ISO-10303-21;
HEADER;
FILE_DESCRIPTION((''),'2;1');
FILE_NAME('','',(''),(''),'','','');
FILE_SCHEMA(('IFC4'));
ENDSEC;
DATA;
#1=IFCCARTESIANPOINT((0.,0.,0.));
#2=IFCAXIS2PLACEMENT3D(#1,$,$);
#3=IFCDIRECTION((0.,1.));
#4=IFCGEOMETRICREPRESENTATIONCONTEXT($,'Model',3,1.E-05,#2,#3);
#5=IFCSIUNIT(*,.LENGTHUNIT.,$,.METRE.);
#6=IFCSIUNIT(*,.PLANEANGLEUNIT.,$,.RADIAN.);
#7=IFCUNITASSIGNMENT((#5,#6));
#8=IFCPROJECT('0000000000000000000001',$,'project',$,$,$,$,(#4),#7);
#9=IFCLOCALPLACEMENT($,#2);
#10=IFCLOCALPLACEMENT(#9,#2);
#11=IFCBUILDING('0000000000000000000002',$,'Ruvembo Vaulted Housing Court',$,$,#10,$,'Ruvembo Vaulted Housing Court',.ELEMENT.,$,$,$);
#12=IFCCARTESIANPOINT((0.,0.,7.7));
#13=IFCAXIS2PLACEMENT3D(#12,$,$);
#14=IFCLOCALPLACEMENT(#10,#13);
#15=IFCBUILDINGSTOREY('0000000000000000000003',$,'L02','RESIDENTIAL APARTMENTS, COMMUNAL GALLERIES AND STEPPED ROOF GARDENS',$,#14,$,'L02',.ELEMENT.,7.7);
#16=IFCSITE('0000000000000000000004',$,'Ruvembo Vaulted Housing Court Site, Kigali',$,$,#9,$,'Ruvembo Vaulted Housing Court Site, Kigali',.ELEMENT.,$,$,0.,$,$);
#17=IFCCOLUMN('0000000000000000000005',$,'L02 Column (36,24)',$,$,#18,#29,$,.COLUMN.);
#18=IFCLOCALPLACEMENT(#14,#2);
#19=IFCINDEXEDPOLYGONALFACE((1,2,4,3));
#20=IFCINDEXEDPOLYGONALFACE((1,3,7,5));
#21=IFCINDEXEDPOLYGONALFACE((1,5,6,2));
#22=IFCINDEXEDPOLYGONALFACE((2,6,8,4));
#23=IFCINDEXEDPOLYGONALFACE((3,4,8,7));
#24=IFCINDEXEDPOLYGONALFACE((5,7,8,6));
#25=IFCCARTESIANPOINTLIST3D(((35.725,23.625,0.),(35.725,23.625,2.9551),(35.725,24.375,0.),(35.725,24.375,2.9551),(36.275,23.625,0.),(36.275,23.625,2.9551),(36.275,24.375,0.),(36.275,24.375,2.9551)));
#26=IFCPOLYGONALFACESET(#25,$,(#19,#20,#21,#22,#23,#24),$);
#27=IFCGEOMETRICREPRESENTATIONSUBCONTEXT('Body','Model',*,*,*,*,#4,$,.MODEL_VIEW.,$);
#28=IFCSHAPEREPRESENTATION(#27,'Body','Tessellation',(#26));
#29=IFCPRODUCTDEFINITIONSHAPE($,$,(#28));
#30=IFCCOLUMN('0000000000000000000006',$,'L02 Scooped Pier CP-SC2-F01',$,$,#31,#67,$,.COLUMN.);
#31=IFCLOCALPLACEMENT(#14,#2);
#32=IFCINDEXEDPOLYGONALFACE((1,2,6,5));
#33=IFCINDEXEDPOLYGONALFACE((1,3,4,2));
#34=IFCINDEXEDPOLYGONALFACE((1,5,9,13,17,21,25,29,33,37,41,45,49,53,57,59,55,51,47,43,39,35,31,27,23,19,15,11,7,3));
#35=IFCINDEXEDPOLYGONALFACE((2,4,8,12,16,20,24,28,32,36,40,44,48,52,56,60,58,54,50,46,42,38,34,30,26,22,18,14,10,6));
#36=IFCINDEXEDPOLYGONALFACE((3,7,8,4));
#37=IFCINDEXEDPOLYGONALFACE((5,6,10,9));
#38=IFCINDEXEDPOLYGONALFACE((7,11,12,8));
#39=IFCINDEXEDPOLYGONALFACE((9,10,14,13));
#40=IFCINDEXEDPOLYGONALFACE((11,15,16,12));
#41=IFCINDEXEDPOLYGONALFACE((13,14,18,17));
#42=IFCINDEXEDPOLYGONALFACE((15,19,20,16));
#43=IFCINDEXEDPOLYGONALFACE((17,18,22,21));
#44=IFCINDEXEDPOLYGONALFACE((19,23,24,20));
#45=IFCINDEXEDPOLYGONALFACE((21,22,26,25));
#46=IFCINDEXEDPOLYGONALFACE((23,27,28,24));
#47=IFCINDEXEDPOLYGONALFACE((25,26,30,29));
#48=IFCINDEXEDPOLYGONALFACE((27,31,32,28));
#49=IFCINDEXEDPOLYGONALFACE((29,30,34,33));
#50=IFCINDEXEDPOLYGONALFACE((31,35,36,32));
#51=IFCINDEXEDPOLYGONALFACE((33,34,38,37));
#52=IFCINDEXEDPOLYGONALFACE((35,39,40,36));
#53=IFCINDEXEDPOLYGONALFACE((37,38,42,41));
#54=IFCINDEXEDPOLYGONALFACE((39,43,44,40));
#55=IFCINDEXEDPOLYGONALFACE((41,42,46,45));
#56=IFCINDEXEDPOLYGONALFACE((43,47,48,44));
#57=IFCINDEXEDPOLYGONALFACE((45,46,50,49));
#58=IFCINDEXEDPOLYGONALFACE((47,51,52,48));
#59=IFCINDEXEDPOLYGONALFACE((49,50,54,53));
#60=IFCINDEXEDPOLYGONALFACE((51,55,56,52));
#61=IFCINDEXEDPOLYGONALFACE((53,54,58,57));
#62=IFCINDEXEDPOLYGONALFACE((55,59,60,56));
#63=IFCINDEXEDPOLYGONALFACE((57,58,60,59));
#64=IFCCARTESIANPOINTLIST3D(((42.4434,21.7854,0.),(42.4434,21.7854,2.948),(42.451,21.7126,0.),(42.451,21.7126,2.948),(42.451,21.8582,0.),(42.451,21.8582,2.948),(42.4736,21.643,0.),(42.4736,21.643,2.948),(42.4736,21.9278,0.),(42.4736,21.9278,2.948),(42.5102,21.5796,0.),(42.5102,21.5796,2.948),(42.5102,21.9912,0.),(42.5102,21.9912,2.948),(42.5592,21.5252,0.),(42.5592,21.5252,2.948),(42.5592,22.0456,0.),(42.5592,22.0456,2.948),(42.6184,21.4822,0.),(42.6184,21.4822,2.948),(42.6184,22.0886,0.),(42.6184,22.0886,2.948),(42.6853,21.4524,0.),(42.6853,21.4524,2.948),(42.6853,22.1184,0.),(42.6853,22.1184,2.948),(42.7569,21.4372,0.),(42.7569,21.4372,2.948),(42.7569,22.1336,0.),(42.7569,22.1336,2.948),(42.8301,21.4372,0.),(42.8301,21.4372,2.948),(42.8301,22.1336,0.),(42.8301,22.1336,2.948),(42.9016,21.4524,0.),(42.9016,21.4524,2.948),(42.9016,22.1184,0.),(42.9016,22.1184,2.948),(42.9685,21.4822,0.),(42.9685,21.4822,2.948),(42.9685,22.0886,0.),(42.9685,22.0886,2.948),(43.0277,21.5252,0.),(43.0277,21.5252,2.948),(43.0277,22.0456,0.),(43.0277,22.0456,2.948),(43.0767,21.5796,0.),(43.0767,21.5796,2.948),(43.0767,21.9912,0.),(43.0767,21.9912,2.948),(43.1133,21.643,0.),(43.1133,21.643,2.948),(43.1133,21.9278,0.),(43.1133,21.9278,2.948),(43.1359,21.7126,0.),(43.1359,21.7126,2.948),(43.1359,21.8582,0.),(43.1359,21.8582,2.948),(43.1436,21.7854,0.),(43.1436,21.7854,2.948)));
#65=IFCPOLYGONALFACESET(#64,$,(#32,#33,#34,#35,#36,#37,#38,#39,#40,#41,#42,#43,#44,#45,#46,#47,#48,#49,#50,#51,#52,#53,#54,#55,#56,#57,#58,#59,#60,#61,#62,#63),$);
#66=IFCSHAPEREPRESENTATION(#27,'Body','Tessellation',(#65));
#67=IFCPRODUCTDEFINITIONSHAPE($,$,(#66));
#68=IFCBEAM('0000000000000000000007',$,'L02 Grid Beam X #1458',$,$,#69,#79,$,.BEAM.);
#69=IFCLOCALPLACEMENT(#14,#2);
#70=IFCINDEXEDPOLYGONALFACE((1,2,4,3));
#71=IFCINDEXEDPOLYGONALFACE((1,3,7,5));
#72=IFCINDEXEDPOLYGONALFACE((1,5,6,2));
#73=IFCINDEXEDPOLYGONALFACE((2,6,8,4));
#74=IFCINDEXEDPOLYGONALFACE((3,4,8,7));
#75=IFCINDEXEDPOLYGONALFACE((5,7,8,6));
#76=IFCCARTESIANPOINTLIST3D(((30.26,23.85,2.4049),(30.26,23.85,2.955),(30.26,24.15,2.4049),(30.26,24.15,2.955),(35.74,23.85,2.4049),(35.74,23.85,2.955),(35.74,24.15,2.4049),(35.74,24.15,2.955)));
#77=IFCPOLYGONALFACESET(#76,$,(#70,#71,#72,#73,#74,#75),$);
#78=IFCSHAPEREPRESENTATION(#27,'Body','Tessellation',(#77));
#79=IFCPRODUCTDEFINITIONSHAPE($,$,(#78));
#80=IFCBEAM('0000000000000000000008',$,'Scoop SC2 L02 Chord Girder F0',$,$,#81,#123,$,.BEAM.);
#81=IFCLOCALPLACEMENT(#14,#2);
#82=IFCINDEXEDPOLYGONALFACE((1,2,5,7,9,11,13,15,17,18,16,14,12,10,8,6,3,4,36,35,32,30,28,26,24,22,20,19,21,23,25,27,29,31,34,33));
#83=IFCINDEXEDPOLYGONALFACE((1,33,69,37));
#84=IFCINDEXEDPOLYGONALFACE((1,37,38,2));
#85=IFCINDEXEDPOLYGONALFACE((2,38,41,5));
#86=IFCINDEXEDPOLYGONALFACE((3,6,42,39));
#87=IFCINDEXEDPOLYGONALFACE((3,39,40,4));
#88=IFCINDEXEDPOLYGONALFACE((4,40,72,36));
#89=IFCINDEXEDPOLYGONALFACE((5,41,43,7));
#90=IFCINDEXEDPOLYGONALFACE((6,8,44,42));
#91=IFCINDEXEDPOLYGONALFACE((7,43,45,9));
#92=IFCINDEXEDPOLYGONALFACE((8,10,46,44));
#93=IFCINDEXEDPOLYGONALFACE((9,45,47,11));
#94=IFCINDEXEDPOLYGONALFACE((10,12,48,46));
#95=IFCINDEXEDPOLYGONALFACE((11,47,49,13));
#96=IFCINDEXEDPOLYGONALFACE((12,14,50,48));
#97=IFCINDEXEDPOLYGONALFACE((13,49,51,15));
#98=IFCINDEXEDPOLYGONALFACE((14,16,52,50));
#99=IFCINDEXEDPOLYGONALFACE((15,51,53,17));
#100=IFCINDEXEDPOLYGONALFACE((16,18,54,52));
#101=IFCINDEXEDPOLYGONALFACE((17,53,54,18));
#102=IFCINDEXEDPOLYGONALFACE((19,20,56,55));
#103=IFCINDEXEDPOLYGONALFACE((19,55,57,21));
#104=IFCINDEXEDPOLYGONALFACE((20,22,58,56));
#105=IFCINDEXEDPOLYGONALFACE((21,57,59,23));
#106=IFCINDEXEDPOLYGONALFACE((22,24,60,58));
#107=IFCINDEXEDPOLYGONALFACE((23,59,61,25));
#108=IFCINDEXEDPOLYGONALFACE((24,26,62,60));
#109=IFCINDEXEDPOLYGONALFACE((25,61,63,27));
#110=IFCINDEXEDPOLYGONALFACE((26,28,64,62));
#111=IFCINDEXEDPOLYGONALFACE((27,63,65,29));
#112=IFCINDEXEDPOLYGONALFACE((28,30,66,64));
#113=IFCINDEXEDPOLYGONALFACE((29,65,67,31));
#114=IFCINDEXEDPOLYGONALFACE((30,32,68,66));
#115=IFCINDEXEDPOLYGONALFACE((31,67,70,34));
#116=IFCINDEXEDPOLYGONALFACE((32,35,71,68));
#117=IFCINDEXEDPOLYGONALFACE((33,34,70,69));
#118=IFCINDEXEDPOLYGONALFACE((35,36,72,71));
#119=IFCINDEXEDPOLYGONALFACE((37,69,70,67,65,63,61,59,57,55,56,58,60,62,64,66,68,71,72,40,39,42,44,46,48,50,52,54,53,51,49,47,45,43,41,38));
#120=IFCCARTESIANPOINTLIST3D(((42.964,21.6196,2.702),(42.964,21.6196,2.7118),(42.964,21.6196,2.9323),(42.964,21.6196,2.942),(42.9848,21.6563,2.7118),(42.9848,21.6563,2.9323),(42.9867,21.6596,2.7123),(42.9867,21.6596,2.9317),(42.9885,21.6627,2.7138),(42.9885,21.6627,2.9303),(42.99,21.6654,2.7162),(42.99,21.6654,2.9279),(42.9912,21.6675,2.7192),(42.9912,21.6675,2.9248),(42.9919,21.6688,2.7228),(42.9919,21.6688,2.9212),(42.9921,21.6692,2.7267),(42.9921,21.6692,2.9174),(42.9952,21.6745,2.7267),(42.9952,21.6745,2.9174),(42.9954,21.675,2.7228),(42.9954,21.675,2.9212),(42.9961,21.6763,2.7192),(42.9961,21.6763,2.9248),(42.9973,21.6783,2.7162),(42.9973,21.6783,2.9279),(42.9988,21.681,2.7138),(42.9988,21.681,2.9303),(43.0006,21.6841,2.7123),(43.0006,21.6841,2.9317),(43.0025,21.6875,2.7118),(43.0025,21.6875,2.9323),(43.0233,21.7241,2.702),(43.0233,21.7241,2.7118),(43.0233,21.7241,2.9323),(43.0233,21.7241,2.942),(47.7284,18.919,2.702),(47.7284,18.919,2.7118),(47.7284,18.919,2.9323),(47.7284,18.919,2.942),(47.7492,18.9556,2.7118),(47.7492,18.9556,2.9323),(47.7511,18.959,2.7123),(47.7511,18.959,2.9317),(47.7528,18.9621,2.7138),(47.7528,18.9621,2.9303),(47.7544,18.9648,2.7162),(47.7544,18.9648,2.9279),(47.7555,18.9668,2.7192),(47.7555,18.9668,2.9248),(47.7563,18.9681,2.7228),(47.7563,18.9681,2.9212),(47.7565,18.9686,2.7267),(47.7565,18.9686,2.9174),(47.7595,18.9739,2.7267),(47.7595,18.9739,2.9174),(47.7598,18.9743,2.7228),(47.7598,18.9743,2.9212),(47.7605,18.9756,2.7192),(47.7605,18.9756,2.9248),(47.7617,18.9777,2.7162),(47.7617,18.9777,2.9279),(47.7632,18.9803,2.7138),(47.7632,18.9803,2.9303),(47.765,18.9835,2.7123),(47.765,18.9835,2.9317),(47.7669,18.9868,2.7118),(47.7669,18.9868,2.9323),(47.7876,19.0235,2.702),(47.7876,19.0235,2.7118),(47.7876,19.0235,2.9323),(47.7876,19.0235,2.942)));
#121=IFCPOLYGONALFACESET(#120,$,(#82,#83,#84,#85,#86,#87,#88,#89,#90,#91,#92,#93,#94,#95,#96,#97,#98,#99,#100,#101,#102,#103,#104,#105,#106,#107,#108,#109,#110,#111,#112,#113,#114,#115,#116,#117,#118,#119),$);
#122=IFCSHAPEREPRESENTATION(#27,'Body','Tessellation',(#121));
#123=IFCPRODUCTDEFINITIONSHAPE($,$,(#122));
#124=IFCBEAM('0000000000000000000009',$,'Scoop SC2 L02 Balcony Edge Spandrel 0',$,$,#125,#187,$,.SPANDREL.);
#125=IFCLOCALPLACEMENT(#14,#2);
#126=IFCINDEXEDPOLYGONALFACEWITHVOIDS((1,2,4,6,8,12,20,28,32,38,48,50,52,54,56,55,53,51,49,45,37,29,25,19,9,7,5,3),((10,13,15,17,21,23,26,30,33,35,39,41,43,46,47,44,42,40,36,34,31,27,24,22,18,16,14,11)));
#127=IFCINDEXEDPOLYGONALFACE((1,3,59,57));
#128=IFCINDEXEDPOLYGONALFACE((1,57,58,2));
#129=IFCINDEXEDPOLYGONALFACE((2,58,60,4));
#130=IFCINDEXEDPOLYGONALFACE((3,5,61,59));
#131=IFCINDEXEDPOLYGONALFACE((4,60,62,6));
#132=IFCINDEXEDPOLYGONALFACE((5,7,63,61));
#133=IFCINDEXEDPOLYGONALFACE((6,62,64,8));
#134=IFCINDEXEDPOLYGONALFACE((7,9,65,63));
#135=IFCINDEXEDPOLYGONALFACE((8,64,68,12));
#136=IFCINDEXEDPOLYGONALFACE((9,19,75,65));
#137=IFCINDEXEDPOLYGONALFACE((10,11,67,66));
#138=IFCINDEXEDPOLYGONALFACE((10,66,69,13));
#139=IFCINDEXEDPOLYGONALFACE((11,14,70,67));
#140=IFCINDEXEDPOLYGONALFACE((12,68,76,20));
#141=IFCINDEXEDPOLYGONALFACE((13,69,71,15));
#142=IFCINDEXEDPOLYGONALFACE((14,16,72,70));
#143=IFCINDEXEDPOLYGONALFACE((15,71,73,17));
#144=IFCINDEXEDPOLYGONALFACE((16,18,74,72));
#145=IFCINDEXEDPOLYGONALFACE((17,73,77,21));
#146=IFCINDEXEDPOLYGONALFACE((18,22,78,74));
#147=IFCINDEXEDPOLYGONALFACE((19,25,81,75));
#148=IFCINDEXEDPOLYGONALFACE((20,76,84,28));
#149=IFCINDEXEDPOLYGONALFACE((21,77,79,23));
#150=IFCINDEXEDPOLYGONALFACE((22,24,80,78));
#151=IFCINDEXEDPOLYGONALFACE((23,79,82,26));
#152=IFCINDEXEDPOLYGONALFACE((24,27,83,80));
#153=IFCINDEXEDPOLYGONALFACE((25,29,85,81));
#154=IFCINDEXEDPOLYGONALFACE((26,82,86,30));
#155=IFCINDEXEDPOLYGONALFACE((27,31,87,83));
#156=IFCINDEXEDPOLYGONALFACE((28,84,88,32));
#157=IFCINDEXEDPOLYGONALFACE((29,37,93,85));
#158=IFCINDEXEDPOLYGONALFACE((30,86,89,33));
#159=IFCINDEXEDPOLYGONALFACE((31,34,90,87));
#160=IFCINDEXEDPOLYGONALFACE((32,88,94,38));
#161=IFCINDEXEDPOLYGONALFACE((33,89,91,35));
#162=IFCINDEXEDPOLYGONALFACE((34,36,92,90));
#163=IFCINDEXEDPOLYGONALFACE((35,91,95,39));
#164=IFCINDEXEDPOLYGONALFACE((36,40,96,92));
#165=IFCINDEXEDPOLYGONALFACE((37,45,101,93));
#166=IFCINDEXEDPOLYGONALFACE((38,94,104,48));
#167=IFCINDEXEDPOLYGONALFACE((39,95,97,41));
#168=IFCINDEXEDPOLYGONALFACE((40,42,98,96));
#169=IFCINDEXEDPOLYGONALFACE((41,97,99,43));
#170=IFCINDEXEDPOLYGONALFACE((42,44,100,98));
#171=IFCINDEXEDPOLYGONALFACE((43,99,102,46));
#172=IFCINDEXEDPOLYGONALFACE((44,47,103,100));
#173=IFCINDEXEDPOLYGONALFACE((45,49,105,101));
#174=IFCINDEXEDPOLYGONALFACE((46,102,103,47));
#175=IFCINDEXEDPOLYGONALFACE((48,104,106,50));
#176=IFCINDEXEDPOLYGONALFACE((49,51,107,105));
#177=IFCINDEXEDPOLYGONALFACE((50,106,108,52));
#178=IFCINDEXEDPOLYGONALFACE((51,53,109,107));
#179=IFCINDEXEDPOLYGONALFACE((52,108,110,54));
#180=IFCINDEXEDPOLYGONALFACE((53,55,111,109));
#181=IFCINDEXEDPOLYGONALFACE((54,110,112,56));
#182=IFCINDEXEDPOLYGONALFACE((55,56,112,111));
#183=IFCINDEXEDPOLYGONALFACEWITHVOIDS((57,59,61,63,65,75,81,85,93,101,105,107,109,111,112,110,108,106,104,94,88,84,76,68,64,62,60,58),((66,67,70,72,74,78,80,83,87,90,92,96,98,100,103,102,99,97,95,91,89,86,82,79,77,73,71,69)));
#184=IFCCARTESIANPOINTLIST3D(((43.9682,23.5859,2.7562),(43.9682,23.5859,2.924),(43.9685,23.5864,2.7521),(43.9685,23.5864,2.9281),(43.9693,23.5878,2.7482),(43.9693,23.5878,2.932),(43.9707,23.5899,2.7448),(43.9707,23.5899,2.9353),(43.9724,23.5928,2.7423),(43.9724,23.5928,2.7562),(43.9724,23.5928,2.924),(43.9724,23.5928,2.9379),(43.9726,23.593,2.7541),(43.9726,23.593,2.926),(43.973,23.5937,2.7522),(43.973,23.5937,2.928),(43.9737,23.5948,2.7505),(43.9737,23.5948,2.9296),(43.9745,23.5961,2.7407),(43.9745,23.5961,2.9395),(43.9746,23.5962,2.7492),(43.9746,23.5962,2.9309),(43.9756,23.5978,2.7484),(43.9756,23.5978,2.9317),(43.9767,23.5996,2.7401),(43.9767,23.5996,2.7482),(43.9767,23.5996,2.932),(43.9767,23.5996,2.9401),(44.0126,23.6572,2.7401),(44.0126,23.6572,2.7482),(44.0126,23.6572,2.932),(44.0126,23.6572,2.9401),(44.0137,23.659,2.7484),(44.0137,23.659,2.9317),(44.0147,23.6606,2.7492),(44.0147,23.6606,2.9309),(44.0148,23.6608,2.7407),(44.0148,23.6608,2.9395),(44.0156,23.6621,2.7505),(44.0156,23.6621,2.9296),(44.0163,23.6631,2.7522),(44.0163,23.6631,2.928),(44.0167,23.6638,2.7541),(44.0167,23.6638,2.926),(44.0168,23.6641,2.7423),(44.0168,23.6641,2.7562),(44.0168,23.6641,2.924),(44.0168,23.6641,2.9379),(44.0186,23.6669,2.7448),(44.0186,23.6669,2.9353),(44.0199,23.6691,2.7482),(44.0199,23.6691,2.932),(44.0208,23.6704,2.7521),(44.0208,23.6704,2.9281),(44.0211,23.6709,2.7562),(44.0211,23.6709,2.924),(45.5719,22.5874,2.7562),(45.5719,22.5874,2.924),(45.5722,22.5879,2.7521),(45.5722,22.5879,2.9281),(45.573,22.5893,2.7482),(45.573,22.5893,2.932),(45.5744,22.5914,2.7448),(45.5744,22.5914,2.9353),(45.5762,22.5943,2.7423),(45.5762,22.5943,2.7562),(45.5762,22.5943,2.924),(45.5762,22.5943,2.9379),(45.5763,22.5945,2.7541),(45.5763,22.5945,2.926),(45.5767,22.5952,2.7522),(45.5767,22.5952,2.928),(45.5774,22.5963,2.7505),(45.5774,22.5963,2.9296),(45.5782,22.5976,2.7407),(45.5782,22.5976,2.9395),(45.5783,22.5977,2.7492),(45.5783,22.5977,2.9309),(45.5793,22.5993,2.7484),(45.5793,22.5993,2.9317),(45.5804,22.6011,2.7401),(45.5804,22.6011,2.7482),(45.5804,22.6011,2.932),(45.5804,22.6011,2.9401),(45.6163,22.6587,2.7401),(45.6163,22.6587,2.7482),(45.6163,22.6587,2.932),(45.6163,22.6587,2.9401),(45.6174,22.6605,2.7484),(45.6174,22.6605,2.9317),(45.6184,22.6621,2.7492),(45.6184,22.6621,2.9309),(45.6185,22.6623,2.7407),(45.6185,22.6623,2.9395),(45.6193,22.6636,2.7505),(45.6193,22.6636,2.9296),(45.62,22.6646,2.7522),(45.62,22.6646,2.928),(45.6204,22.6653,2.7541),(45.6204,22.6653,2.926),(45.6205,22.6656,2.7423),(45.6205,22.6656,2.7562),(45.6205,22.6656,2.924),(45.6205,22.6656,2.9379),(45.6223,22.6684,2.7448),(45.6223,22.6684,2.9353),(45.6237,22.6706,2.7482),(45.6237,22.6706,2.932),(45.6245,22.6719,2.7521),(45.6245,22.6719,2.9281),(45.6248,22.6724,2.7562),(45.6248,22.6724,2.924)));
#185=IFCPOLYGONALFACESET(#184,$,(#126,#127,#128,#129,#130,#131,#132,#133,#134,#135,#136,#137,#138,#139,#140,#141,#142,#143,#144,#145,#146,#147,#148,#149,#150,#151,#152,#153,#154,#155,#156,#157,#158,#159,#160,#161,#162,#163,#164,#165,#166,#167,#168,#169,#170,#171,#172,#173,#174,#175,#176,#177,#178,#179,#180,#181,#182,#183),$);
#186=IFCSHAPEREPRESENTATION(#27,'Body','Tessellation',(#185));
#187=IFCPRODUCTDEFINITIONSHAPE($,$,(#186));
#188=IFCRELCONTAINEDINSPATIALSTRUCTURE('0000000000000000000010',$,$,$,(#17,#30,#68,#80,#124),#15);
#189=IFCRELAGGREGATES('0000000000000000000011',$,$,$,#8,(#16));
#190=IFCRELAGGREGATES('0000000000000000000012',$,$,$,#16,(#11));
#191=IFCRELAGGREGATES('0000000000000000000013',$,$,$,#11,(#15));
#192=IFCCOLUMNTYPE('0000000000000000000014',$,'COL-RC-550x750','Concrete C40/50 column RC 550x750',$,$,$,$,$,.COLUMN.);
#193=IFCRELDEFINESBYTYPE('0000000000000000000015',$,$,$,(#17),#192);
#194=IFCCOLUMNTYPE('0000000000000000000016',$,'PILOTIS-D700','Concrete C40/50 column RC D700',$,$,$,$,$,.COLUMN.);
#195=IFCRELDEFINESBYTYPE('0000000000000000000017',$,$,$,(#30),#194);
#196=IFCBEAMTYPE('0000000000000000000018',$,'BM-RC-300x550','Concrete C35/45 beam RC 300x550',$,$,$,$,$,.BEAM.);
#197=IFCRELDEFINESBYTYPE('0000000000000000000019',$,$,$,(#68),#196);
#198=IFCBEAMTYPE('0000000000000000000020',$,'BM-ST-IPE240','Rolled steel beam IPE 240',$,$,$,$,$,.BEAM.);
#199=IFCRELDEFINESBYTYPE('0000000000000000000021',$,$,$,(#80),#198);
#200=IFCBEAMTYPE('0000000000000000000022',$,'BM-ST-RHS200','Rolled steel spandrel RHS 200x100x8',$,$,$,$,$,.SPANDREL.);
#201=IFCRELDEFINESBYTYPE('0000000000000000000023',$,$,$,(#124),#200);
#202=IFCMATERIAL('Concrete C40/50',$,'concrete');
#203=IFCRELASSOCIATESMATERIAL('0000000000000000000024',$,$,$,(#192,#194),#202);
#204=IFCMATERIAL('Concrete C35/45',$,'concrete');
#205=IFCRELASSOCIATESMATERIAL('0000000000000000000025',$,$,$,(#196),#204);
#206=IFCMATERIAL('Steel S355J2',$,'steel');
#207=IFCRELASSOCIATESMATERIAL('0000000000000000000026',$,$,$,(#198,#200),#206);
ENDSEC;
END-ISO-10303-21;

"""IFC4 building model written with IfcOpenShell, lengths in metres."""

from ifc_helpers import new_model, si_unit, direction, frame, origin, origin_2d, place, context, subcontext, project, spatial, rectangle, hollow_rectangle, circle, i_section, extrude, material, material_profile, profile_set, type_object, element, save


model = new_model("IFC4")

# Units and contexts
model_context = context("Model", 3, precision=1e-05, world=origin(), true_north=direction((0.0, 1.0)))
body_context = subcontext(model_context, "Body", "Model", "MODEL_VIEW")
ifc_project = project(units=[si_unit("LENGTHUNIT", "METRE"), si_unit("PLANEANGLEUNIT", "RADIAN")], contexts=[model_context])

# Site, building, storey
site_placement = place(None, origin())
site = spatial("IfcSite", under=ifc_project, at=site_placement, Name="Ruvembo Vaulted Housing Court Site, Kigali", LongName="Ruvembo Vaulted Housing Court Site, Kigali", CompositionType="ELEMENT", RefElevation=0.0)
building_placement = place(site_placement, origin())
building = spatial("IfcBuilding", under=site, at=building_placement, Name="Ruvembo Vaulted Housing Court", LongName="Ruvembo Vaulted Housing Court", CompositionType="ELEMENT")
storey_placement = place(building_placement, frame((0.0, 0.0, 7.7)))
storey = spatial("IfcBuildingStorey", under=building, at=storey_placement, Name="L02", Description="RESIDENTIAL APARTMENTS, COMMUNAL GALLERIES AND STEPPED ROOF GARDENS", LongName="L02", CompositionType="ELEMENT", Elevation=7.7)

# Columns
ifc_material_1 = material(Name="Concrete C40/50", Category="concrete")
ifc_material_profile_1 = material_profile(ifc_material_1, rectangle(XDim=0.55, YDim=0.75, at=origin_2d()), Name="RC 550x750")
ifc_profile_set_1 = profile_set([ifc_material_profile_1], Name="Concrete C40/50")
column_type_1 = type_object("IfcColumnType", Name="COL-RC-550x750", Description="Concrete C40/50 column RC 550x750", PredefinedType="COLUMN", material=ifc_profile_set_1)
column_1_placement = place(storey_placement, frame((36.0, 24.0, 0.0), z_axis=(0.0, 0.0, 1.0), x_axis=(1.0, 0.0, 0.0)))
element("IfcColumn", 1, at=column_1_placement, inside=storey, type_object=column_type_1, Name="L02 Column (36,24)", PredefinedType="COLUMN", context=body_context, shape_type="SweptSolid", body=[
    extrude(rectangle(XDim=0.55, YDim=0.75, at=origin_2d()), origin(), (0.0, 0.0, 1.0), 2.9551),
])
ifc_material_profile_2 = material_profile(ifc_material_1, circle(Radius=0.3501, at=origin_2d()), Name="RC D700")
ifc_profile_set_2 = profile_set([ifc_material_profile_2], Name="Concrete C40/50")
column_type_2 = type_object("IfcColumnType", Name="PILOTIS-D700", Description="Concrete C40/50 column RC D700", PredefinedType="COLUMN", material=ifc_profile_set_2)
column_2_placement = place(storey_placement, frame((42.7935, 21.7854, 0.0), z_axis=(0.0, 0.0, 1.0), x_axis=(1.0, 0.0, 0.0)))
element("IfcColumn", 2, at=column_2_placement, inside=storey, type_object=column_type_2, Name="L02 Scooped Pier CP-SC2-F01", PredefinedType="COLUMN", context=body_context, shape_type="SweptSolid", body=[
    extrude(circle(Radius=0.3501, at=origin_2d()), origin(), (0.0, 0.0, 1.0), 2.948),
])

# Beams
ifc_material_2 = material(Name="Concrete C35/45", Category="concrete")
ifc_material_profile_3 = material_profile(ifc_material_2, rectangle(XDim=0.3, YDim=0.55, at=origin_2d()), Name="RC 300x550")
ifc_profile_set_3 = profile_set([ifc_material_profile_3], Name="Concrete C35/45")
beam_type_1 = type_object("IfcBeamType", Name="BM-RC-300x550", Description="Concrete C35/45 beam RC 300x550", PredefinedType="BEAM", material=ifc_profile_set_3)
beam_1_placement = place(storey_placement, frame((30.26, 24.0, 2.6799), z_axis=(1.0, 0.0, 0.0), x_axis=(0.0, 1.0, 0.0)))
element("IfcBeam", 3, at=beam_1_placement, inside=storey, type_object=beam_type_1, Name="L02 Grid Beam X #1458", PredefinedType="BEAM", context=body_context, shape_type="SweptSolid", body=[
    extrude(rectangle(XDim=0.3, YDim=0.55, at=origin_2d()), origin(), (0.0, 0.0, 1.0), 5.48),
])
ifc_material_3 = material(Name="Steel S355J2", Category="steel")
ifc_material_profile_4 = material_profile(ifc_material_3, i_section(OverallWidth=0.1201, OverallDepth=0.24, WebThickness=0.0061, FlangeThickness=0.0098, FilletRadius=0.0149, at=origin_2d()), Name="IPE 240")
ifc_profile_set_4 = profile_set([ifc_material_profile_4], Name="Steel S355J2")
beam_type_2 = type_object("IfcBeamType", Name="BM-ST-IPE240", Description="Rolled steel beam IPE 240", PredefinedType="BEAM", material=ifc_profile_set_4)
beam_2_placement = place(storey_placement, frame((42.9937, 21.6719, 2.822), z_axis=(0.869955, -0.493131, 0.0), x_axis=(0.493131, 0.869955, 0.0)))
element("IfcBeam", 4, at=beam_2_placement, inside=storey, type_object=beam_type_2, Name="Scoop SC2 L02 Chord Girder F0", PredefinedType="BEAM", context=body_context, shape_type="SweptSolid", body=[
    extrude(i_section(OverallWidth=0.1201, OverallDepth=0.24, WebThickness=0.0061, FlangeThickness=0.0098, FilletRadius=0.0149, at=origin_2d()), origin(), (0.0, 0.0, 1.0), 5.4766),
])
ifc_material_profile_5 = material_profile(ifc_material_3, hollow_rectangle(XDim=0.1001, YDim=0.2, WallThickness=0.0081, InnerFilletRadius=0.0081, OuterFilletRadius=0.0161, at=origin_2d()), Name="RHS 200x100x8")
ifc_profile_set_5 = profile_set([ifc_material_profile_5], Name="Steel S355J2")
beam_type_3 = type_object("IfcBeamType", Name="BM-ST-RHS200", Description="Rolled steel spandrel RHS 200x100x8", PredefinedType="SPANDREL", material=ifc_profile_set_5)
beam_3_placement = place(storey_placement, frame((43.9946, 23.6284, 2.8401), z_axis=(0.848905, -0.528546, 0.0), x_axis=(0.528546, 0.848905, 0.0)))
element("IfcBeam", 5, at=beam_3_placement, inside=storey, type_object=beam_type_3, Name="Scoop SC2 L02 Balcony Edge Spandrel 0", PredefinedType="SPANDREL", context=body_context, shape_type="SweptSolid", body=[
    extrude(hollow_rectangle(XDim=0.1001, YDim=0.2, WallThickness=0.0081, InnerFilletRadius=0.0081, OuterFilletRadius=0.0161, at=origin_2d()), origin(), (0.0, 0.0, 1.0), 1.8892),
])

save(model, "model.ifc")
